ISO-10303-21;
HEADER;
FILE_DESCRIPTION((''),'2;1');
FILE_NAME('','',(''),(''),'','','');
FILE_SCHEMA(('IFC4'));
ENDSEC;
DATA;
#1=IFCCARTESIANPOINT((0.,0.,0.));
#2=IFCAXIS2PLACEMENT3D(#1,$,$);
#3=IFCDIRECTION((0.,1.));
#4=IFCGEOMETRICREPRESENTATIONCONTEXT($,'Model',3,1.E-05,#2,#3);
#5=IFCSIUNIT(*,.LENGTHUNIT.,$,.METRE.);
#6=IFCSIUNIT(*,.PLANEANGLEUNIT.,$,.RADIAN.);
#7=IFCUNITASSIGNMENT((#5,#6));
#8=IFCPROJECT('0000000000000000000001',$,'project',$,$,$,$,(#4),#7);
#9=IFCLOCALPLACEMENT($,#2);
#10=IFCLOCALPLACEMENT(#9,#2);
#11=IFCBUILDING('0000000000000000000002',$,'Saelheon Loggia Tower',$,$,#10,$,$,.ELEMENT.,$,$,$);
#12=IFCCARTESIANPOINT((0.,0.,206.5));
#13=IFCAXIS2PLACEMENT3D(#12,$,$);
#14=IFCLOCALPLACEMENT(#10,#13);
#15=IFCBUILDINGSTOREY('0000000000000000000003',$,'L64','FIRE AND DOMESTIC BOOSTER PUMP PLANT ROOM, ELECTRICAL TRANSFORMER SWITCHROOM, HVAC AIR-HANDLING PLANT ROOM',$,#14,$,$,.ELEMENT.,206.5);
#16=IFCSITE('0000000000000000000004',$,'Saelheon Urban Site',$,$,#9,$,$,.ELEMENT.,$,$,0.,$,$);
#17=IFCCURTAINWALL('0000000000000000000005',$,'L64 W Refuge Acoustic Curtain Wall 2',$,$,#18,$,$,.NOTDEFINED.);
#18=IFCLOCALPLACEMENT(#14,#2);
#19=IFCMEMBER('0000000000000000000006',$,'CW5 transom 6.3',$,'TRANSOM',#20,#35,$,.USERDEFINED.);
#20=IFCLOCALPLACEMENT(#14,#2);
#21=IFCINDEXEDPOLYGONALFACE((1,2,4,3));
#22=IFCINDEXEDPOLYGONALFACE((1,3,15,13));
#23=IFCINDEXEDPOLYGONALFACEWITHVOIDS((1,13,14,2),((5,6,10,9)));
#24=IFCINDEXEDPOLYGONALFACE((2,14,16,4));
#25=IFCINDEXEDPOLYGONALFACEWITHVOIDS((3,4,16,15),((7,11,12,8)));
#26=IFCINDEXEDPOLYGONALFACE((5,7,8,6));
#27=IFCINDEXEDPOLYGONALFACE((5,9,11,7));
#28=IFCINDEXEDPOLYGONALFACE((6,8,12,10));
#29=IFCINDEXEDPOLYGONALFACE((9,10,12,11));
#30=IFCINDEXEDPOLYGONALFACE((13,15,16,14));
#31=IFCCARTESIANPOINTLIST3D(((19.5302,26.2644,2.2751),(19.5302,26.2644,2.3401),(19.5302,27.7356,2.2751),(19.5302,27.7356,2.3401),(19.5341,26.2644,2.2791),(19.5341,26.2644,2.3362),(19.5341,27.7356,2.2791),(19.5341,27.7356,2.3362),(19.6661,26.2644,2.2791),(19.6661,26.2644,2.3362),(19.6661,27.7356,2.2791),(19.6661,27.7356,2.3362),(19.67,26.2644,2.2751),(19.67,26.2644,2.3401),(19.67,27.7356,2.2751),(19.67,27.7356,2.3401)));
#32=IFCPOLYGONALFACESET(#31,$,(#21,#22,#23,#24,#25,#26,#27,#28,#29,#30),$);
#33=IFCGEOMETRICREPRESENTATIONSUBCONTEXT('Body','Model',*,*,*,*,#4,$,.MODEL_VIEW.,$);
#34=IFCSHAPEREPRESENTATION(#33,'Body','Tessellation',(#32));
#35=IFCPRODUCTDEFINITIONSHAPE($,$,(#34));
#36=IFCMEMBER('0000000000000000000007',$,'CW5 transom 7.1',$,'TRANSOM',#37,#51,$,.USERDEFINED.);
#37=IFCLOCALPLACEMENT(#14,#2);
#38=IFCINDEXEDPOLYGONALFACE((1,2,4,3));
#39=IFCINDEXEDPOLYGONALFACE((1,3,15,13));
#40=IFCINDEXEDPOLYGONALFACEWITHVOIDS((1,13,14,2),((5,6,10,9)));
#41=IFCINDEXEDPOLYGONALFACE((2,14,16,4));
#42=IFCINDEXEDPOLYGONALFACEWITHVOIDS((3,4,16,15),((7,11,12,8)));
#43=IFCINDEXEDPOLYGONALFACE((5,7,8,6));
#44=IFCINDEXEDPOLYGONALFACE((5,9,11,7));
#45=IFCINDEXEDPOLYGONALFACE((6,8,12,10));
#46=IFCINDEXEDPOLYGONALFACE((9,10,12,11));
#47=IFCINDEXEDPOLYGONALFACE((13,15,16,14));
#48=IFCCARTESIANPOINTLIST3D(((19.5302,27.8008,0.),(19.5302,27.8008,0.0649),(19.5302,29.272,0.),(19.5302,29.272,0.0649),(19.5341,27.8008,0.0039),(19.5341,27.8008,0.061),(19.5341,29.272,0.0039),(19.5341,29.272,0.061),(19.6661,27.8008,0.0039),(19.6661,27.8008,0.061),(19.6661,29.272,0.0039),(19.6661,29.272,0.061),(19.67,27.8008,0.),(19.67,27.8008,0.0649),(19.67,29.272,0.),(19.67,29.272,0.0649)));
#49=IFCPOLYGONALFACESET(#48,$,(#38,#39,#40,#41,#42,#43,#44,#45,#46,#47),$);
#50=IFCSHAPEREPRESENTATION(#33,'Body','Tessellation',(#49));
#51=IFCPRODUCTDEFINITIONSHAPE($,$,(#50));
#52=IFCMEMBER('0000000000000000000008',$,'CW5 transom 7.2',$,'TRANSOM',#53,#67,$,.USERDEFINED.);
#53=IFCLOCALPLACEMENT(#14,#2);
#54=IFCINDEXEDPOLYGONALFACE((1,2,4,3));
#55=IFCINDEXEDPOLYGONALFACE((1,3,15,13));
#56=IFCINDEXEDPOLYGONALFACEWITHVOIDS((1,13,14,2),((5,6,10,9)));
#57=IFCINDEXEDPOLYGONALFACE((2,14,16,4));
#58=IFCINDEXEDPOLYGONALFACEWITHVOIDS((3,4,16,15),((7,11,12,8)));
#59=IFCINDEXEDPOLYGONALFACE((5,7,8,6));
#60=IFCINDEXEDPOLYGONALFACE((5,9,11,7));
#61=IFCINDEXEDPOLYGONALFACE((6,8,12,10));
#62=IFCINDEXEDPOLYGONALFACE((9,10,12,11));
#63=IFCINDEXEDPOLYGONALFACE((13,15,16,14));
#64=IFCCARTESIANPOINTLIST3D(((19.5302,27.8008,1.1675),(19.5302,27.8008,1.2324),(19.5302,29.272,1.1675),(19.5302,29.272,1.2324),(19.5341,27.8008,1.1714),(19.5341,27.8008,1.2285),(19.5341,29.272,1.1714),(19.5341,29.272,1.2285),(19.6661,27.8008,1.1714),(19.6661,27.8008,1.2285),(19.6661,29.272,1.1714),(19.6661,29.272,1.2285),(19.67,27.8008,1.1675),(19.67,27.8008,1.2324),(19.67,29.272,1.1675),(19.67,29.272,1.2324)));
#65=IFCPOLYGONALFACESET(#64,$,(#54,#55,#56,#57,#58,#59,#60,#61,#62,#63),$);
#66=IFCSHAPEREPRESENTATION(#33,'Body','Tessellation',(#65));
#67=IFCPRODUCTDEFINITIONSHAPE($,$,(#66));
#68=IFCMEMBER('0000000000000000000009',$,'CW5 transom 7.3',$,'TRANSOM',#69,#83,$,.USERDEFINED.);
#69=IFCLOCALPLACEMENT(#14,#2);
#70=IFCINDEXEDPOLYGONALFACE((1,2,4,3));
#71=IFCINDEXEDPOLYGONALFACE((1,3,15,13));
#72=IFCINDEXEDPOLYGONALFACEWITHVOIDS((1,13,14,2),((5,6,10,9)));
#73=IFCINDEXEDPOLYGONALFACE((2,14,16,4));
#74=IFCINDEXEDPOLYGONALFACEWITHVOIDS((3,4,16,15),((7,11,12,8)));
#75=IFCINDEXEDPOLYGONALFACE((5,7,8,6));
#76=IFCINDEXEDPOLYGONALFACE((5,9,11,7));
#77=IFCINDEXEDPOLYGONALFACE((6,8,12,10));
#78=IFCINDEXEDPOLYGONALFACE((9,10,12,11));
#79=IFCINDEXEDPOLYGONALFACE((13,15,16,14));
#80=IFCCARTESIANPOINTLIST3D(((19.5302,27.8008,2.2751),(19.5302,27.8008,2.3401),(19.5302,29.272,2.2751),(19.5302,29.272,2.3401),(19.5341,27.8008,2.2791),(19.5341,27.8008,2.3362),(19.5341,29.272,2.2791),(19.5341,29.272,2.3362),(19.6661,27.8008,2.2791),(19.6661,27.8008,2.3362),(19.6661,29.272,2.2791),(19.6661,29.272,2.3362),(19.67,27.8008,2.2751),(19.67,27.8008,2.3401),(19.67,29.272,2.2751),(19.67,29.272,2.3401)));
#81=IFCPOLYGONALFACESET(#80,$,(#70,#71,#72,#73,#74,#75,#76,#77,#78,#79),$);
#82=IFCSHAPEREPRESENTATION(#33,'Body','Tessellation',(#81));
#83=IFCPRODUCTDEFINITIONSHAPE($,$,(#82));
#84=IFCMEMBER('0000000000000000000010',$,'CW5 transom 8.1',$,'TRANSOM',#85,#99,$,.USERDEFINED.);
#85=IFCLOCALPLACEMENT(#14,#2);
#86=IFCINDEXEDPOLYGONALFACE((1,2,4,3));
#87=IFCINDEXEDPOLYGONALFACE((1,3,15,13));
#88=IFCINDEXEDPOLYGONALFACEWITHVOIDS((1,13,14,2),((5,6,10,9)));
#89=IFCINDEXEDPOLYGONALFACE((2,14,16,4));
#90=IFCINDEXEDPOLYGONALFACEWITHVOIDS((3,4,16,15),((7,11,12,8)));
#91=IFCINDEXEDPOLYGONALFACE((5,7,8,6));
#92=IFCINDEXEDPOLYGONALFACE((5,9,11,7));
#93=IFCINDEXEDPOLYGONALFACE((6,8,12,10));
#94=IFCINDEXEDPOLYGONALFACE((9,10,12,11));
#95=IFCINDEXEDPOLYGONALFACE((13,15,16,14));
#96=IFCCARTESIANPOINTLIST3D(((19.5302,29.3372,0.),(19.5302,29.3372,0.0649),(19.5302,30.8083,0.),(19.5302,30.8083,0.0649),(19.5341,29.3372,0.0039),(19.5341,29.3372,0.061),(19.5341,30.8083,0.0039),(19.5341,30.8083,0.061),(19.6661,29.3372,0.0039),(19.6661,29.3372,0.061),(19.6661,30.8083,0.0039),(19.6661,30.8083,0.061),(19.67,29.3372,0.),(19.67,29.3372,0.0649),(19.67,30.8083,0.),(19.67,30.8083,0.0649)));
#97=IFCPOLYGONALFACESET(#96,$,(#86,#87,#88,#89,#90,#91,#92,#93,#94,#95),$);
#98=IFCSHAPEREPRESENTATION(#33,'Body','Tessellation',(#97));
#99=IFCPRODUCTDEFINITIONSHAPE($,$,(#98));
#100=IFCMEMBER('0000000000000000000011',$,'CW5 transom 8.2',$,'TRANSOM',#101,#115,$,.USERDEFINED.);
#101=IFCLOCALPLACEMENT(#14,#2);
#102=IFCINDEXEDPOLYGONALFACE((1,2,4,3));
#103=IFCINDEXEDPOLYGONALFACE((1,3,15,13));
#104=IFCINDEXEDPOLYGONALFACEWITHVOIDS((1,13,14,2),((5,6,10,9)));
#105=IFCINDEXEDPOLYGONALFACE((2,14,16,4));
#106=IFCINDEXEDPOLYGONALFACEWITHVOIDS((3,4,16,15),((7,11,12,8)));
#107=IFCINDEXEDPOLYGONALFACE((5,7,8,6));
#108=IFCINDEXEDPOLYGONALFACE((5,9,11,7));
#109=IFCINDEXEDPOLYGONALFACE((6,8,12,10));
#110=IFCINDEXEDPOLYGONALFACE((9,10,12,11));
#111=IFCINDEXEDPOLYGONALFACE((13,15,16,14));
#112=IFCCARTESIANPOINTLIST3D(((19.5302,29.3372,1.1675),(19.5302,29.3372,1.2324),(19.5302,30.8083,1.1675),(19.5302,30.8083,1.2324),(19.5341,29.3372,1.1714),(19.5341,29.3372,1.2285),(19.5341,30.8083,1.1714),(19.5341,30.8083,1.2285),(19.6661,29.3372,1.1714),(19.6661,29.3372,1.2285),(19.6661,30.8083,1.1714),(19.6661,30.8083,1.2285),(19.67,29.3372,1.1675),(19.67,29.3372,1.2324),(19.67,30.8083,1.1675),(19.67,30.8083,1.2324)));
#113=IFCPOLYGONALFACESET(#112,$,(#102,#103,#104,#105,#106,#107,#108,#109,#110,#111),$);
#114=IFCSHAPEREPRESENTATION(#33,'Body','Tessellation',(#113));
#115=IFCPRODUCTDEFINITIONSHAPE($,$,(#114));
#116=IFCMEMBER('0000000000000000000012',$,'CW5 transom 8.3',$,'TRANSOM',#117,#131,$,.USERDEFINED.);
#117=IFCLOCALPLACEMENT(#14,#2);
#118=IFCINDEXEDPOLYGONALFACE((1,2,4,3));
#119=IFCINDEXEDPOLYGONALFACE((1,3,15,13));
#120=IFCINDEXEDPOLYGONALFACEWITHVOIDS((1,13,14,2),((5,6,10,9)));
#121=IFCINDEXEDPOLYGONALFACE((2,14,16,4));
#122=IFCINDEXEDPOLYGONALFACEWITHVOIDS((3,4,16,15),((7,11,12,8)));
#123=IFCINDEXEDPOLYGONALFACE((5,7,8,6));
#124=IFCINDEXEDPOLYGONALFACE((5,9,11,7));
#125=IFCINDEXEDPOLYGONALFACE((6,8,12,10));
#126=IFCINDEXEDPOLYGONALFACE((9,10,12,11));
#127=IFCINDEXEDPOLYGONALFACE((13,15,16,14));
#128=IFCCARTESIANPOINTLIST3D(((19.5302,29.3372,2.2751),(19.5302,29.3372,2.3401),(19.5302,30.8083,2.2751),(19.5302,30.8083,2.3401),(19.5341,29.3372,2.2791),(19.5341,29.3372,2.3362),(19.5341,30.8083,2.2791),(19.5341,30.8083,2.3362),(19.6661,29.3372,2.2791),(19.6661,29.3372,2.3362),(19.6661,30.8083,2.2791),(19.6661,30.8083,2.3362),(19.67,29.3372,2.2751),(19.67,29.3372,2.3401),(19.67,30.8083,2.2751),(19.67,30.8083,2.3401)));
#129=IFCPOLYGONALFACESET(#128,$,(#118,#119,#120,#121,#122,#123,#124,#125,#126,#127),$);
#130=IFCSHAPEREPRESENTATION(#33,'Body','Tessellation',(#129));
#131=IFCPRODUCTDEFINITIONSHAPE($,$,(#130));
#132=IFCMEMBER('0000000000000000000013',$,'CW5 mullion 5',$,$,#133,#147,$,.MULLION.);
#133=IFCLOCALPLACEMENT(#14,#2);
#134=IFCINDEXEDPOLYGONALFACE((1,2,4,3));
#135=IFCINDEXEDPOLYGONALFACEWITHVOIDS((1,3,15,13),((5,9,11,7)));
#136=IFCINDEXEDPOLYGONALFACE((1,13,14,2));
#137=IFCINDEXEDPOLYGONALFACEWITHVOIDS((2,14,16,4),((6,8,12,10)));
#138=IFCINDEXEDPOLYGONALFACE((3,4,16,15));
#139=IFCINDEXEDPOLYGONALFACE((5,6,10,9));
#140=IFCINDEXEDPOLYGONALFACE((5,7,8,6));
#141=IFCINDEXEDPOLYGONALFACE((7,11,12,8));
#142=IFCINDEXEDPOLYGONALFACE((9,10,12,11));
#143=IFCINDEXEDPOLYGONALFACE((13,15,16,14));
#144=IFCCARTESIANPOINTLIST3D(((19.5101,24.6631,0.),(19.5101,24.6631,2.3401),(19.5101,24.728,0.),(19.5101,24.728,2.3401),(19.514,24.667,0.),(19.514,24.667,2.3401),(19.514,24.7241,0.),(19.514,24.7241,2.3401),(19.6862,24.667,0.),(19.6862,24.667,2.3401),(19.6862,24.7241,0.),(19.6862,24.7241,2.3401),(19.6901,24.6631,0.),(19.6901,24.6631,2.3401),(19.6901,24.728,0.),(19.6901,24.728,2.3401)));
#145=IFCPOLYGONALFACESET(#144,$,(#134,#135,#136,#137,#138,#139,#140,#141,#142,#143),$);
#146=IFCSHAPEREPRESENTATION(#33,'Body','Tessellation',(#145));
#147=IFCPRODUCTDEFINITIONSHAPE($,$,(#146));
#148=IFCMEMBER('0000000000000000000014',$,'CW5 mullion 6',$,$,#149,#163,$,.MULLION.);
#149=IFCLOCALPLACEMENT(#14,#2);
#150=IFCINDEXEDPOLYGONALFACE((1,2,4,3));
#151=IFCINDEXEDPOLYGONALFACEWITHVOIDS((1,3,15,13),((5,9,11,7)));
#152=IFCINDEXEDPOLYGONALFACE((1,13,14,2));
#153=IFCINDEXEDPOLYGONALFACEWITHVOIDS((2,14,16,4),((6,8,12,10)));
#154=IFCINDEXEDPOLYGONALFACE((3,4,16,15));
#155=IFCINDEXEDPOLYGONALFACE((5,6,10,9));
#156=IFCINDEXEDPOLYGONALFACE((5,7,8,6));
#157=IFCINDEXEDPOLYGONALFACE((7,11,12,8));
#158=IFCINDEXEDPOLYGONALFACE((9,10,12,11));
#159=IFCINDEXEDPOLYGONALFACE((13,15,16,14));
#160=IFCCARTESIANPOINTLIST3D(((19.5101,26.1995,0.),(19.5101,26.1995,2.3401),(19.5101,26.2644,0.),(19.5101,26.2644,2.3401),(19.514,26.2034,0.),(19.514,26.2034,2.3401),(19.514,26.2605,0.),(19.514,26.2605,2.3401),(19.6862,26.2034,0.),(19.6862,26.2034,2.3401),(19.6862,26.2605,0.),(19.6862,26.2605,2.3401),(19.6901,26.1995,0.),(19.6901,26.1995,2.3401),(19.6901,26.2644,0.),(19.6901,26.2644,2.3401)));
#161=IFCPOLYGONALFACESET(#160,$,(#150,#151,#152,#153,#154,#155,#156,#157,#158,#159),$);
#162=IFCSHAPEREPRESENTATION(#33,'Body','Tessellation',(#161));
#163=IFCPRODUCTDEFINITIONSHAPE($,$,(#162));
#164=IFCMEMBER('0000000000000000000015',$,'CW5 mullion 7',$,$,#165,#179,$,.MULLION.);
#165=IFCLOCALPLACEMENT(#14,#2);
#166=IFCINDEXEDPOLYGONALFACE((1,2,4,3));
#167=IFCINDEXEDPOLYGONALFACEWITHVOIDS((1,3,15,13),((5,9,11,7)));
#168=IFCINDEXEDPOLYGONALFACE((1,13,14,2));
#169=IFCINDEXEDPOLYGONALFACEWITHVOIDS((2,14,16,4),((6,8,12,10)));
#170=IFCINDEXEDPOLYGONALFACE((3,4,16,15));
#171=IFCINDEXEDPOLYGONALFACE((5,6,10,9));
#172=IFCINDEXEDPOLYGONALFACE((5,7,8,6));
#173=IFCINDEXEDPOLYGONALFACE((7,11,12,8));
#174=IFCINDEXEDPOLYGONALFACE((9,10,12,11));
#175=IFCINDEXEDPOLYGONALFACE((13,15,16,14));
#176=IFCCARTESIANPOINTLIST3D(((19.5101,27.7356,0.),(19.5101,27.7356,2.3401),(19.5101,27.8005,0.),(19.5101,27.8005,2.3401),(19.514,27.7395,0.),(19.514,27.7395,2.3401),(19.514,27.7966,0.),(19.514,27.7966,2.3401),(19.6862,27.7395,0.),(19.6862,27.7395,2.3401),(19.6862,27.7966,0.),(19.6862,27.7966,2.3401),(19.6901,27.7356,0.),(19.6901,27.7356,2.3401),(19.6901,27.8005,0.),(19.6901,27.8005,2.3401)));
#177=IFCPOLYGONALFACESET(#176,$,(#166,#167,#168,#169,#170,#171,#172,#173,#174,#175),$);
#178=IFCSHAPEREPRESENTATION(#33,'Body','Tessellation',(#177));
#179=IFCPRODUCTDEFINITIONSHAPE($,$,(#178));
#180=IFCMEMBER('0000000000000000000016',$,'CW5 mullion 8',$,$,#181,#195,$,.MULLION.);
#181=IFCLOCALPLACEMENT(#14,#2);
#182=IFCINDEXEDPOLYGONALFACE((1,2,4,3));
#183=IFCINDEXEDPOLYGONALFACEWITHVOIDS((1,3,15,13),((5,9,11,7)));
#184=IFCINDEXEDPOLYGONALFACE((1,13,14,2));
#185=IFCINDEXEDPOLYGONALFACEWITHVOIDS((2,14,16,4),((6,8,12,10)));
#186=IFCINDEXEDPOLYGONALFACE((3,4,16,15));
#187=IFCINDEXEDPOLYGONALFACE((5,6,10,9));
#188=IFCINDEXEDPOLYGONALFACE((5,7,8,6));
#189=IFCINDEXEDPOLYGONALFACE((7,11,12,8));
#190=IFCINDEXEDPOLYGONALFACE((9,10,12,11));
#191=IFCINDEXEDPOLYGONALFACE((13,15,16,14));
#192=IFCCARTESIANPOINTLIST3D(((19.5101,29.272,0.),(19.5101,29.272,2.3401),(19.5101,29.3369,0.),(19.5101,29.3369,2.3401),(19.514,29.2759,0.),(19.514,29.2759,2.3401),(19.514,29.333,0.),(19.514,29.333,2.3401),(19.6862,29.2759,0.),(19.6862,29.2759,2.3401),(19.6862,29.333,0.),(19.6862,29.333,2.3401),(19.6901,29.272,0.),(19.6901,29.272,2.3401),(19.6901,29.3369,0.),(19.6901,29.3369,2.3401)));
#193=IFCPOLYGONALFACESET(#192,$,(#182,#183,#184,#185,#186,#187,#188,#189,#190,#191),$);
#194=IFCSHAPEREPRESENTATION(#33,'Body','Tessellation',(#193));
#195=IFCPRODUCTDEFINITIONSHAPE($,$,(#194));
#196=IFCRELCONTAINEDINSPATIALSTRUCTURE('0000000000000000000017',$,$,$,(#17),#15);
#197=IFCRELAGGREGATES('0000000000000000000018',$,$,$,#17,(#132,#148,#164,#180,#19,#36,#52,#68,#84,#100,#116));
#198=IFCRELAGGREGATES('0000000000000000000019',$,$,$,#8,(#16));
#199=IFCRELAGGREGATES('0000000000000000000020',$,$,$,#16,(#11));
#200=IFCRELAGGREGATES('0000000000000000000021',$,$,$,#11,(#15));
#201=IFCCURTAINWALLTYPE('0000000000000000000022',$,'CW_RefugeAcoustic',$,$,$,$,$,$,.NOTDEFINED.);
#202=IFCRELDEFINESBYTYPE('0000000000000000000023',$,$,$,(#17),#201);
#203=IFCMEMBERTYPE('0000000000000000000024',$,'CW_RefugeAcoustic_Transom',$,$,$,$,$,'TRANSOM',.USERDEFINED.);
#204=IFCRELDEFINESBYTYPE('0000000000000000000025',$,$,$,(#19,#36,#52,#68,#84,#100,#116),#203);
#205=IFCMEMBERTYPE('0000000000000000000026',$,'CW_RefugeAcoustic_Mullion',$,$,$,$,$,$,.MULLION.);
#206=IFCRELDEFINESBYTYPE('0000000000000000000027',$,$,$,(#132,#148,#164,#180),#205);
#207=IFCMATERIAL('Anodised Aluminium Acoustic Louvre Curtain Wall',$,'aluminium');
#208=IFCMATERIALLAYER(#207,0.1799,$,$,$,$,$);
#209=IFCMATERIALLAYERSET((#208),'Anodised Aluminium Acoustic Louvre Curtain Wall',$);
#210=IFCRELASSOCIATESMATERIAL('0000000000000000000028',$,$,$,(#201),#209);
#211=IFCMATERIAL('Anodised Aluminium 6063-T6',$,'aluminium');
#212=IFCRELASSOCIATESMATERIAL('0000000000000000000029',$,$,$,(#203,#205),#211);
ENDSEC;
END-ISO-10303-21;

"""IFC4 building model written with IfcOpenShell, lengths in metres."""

from ifc_helpers import new_model, si_unit, direction, frame, origin, origin_2d, place, context, subcontext, project, spatial, hollow_rectangle, extrude, source, transform, mapped, material, layer, layer_set, material_profile, profile_set, type_object, element, aggregate, save


model = new_model("IFC4")

# Units and contexts
model_context = context("Model", 3, precision=1e-05, world=origin(), true_north=direction((0.0, 1.0)))
body_context = subcontext(model_context, "Body", "Model", "MODEL_VIEW")
ifc_project = project(units=[si_unit("LENGTHUNIT", "METRE"), si_unit("PLANEANGLEUNIT", "RADIAN")], contexts=[model_context])

# Site, building, storey
site_placement = place(None, origin())
site = spatial("IfcSite", under=ifc_project, at=site_placement, Name="Saelheon Urban Site", CompositionType="ELEMENT", RefElevation=0.0)
building_placement = place(site_placement, origin())
building = spatial("IfcBuilding", under=site, at=building_placement, Name="Saelheon Loggia Tower", CompositionType="ELEMENT")
storey_placement = place(building_placement, frame((0.0, 0.0, 206.5)))
storey = spatial("IfcBuildingStorey", under=building, at=storey_placement, Name="L64", Description="FIRE AND DOMESTIC BOOSTER PUMP PLANT ROOM, ELECTRICAL TRANSFORMER SWITCHROOM, HVAC AIR-HANDLING PLANT ROOM", CompositionType="ELEMENT", Elevation=206.5)

# Curtain wall, members
ifc_material_1 = material(Name="Anodised Aluminium Acoustic Louvre Curtain Wall", Category="aluminium")
ifc_layer_1 = layer(ifc_material_1, 0.1799)
ifc_layer_set_1 = layer_set([ifc_layer_1], Name="Anodised Aluminium Acoustic Louvre Curtain Wall")
curtain_wall_type = type_object("IfcCurtainWallType", Name="CW_RefugeAcoustic", PredefinedType="NOTDEFINED", material=ifc_layer_set_1)
curtain_wall_placement = place(storey_placement, origin())
curtain_wall = element("IfcCurtainWall", 1, at=curtain_wall_placement, inside=storey, type_object=curtain_wall_type, Name="L64 W Refuge Acoustic Curtain Wall 2", PredefinedType="NOTDEFINED")
ifc_material_2 = material(Name="Anodised Aluminium 6063-T6", Category="aluminium")
ifc_material_profile_1 = material_profile(ifc_material_2, hollow_rectangle(XDim=0.0649, YDim=0.1399, WallThickness=0.0039, at=origin_2d()), Name="RHS-140x65x4")
ifc_profile_set_1 = profile_set([ifc_material_profile_1], Name="Anodised Aluminium 6063-T6")
member_type_1 = type_object("IfcMemberType", Name="CW_RefugeAcoustic_Transom", ElementType="TRANSOM", PredefinedType="USERDEFINED", material=ifc_profile_set_1)
shared_shape_1 = source(origin(), body_context, "Body", "SweptSolid", [
    extrude(hollow_rectangle(XDim=0.0649, YDim=0.1399, WallThickness=0.0039, at=origin_2d()), origin(), (0.0, 0.0, 1.0), 1.4712),
])
member_1_placement = place(storey_placement, frame((19.6001, 26.2644, 2.3076), z_axis=(0.0, 1.0, 0.0), x_axis=(0.0, 0.0, 1.0)))
member_1 = element("IfcMember", 2, at=member_1_placement, type_object=member_type_1, Name="CW5 transom 6.3", ObjectType="TRANSOM", PredefinedType="USERDEFINED", context=body_context, shape_type="MappedRepresentation", body=[
    mapped(shared_shape_1, transform((0.0, 0.0, 0.0), scale=1.0)),
])
member_2_placement = place(storey_placement, frame((19.6001, 27.8008, 0.0325), z_axis=(0.0, 1.0, 0.0), x_axis=(0.0, 0.0, 1.0)))
member_2 = element("IfcMember", 3, at=member_2_placement, type_object=member_type_1, Name="CW5 transom 7.1", ObjectType="TRANSOM", PredefinedType="USERDEFINED", context=body_context, shape_type="MappedRepresentation", body=[
    mapped(shared_shape_1, transform((0.0, 0.0, 0.0), scale=1.0)),
])
member_3_placement = place(storey_placement, frame((19.6001, 27.8008, 1.2), z_axis=(0.0, 1.0, 0.0), x_axis=(0.0, 0.0, 1.0)))
member_3 = element("IfcMember", 4, at=member_3_placement, type_object=member_type_1, Name="CW5 transom 7.2", ObjectType="TRANSOM", PredefinedType="USERDEFINED", context=body_context, shape_type="MappedRepresentation", body=[
    mapped(shared_shape_1, transform((0.0, 0.0, 0.0), scale=1.0)),
])
member_4_placement = place(storey_placement, frame((19.6001, 27.8008, 2.3076), z_axis=(0.0, 1.0, 0.0), x_axis=(0.0, 0.0, 1.0)))
member_4 = element("IfcMember", 5, at=member_4_placement, type_object=member_type_1, Name="CW5 transom 7.3", ObjectType="TRANSOM", PredefinedType="USERDEFINED", context=body_context, shape_type="MappedRepresentation", body=[
    mapped(shared_shape_1, transform((0.0, 0.0, 0.0), scale=1.0)),
])
member_5_placement = place(storey_placement, frame((19.6001, 29.3372, 0.0325), z_axis=(0.0, 1.0, 0.0), x_axis=(0.0, 0.0, 1.0)))
member_5 = element("IfcMember", 6, at=member_5_placement, type_object=member_type_1, Name="CW5 transom 8.1", ObjectType="TRANSOM", PredefinedType="USERDEFINED", context=body_context, shape_type="MappedRepresentation", body=[
    mapped(shared_shape_1, transform((0.0, 0.0, 0.0), scale=1.0)),
])
member_6_placement = place(storey_placement, frame((19.6001, 29.3372, 1.2), z_axis=(0.0, 1.0, 0.0), x_axis=(0.0, 0.0, 1.0)))
member_6 = element("IfcMember", 7, at=member_6_placement, type_object=member_type_1, Name="CW5 transom 8.2", ObjectType="TRANSOM", PredefinedType="USERDEFINED", context=body_context, shape_type="MappedRepresentation", body=[
    mapped(shared_shape_1, transform((0.0, 0.0, 0.0), scale=1.0)),
])
member_7_placement = place(storey_placement, frame((19.6001, 29.3372, 2.3076), z_axis=(0.0, 1.0, 0.0), x_axis=(0.0, 0.0, 1.0)))
member_7 = element("IfcMember", 8, at=member_7_placement, type_object=member_type_1, Name="CW5 transom 8.3", ObjectType="TRANSOM", PredefinedType="USERDEFINED", context=body_context, shape_type="MappedRepresentation", body=[
    mapped(shared_shape_1, transform((0.0, 0.0, 0.0), scale=1.0)),
])
ifc_material_profile_2 = material_profile(ifc_material_2, hollow_rectangle(XDim=0.0649, YDim=0.1799, WallThickness=0.0039, at=origin_2d()), Name="RHS-180x65x4")
ifc_profile_set_2 = profile_set([ifc_material_profile_2], Name="Anodised Aluminium 6063-T6")
member_type_2 = type_object("IfcMemberType", Name="CW_RefugeAcoustic_Mullion", PredefinedType="MULLION", material=ifc_profile_set_2)
shared_shape_2 = source(origin(), body_context, "Body", "SweptSolid", [
    extrude(hollow_rectangle(XDim=0.0649, YDim=0.1799, WallThickness=0.0039, at=origin_2d()), origin(), (0.0, 0.0, 1.0), 2.3401),
])
member_8_placement = place(storey_placement, frame((19.6001, 24.6956, 0.0), z_axis=(0.0, 0.0, 1.0), x_axis=(0.0, 1.0, 0.0)))
member_8 = element("IfcMember", 9, at=member_8_placement, type_object=member_type_2, Name="CW5 mullion 5", PredefinedType="MULLION", context=body_context, shape_type="MappedRepresentation", body=[
    mapped(shared_shape_2, transform((0.0, 0.0, 0.0), scale=1.0)),
])
member_9_placement = place(storey_placement, frame((19.6001, 26.2319, 0.0), z_axis=(0.0, 0.0, 1.0), x_axis=(0.0, 1.0, 0.0)))
member_9 = element("IfcMember", 10, at=member_9_placement, type_object=member_type_2, Name="CW5 mullion 6", PredefinedType="MULLION", context=body_context, shape_type="MappedRepresentation", body=[
    mapped(shared_shape_2, transform((0.0, 0.0, 0.0), scale=1.0)),
])
member_10_placement = place(storey_placement, frame((19.6001, 27.7681, 0.0), z_axis=(0.0, 0.0, 1.0), x_axis=(0.0, 1.0, 0.0)))
member_10 = element("IfcMember", 11, at=member_10_placement, type_object=member_type_2, Name="CW5 mullion 7", PredefinedType="MULLION", context=body_context, shape_type="MappedRepresentation", body=[
    mapped(shared_shape_2, transform((0.0, 0.0, 0.0), scale=1.0)),
])
member_11_placement = place(storey_placement, frame((19.6001, 29.3044, 0.0), z_axis=(0.0, 0.0, 1.0), x_axis=(0.0, 1.0, 0.0)))
member_11 = element("IfcMember", 12, at=member_11_placement, type_object=member_type_2, Name="CW5 mullion 8", PredefinedType="MULLION", context=body_context, shape_type="MappedRepresentation", body=[
    mapped(shared_shape_2, transform((0.0, 0.0, 0.0), scale=1.0)),
])
aggregate(curtain_wall, [member_8, member_9, member_10, member_11, member_1, member_2, member_3, member_4, member_5, member_6, member_7])

save(model, "model.ifc")
